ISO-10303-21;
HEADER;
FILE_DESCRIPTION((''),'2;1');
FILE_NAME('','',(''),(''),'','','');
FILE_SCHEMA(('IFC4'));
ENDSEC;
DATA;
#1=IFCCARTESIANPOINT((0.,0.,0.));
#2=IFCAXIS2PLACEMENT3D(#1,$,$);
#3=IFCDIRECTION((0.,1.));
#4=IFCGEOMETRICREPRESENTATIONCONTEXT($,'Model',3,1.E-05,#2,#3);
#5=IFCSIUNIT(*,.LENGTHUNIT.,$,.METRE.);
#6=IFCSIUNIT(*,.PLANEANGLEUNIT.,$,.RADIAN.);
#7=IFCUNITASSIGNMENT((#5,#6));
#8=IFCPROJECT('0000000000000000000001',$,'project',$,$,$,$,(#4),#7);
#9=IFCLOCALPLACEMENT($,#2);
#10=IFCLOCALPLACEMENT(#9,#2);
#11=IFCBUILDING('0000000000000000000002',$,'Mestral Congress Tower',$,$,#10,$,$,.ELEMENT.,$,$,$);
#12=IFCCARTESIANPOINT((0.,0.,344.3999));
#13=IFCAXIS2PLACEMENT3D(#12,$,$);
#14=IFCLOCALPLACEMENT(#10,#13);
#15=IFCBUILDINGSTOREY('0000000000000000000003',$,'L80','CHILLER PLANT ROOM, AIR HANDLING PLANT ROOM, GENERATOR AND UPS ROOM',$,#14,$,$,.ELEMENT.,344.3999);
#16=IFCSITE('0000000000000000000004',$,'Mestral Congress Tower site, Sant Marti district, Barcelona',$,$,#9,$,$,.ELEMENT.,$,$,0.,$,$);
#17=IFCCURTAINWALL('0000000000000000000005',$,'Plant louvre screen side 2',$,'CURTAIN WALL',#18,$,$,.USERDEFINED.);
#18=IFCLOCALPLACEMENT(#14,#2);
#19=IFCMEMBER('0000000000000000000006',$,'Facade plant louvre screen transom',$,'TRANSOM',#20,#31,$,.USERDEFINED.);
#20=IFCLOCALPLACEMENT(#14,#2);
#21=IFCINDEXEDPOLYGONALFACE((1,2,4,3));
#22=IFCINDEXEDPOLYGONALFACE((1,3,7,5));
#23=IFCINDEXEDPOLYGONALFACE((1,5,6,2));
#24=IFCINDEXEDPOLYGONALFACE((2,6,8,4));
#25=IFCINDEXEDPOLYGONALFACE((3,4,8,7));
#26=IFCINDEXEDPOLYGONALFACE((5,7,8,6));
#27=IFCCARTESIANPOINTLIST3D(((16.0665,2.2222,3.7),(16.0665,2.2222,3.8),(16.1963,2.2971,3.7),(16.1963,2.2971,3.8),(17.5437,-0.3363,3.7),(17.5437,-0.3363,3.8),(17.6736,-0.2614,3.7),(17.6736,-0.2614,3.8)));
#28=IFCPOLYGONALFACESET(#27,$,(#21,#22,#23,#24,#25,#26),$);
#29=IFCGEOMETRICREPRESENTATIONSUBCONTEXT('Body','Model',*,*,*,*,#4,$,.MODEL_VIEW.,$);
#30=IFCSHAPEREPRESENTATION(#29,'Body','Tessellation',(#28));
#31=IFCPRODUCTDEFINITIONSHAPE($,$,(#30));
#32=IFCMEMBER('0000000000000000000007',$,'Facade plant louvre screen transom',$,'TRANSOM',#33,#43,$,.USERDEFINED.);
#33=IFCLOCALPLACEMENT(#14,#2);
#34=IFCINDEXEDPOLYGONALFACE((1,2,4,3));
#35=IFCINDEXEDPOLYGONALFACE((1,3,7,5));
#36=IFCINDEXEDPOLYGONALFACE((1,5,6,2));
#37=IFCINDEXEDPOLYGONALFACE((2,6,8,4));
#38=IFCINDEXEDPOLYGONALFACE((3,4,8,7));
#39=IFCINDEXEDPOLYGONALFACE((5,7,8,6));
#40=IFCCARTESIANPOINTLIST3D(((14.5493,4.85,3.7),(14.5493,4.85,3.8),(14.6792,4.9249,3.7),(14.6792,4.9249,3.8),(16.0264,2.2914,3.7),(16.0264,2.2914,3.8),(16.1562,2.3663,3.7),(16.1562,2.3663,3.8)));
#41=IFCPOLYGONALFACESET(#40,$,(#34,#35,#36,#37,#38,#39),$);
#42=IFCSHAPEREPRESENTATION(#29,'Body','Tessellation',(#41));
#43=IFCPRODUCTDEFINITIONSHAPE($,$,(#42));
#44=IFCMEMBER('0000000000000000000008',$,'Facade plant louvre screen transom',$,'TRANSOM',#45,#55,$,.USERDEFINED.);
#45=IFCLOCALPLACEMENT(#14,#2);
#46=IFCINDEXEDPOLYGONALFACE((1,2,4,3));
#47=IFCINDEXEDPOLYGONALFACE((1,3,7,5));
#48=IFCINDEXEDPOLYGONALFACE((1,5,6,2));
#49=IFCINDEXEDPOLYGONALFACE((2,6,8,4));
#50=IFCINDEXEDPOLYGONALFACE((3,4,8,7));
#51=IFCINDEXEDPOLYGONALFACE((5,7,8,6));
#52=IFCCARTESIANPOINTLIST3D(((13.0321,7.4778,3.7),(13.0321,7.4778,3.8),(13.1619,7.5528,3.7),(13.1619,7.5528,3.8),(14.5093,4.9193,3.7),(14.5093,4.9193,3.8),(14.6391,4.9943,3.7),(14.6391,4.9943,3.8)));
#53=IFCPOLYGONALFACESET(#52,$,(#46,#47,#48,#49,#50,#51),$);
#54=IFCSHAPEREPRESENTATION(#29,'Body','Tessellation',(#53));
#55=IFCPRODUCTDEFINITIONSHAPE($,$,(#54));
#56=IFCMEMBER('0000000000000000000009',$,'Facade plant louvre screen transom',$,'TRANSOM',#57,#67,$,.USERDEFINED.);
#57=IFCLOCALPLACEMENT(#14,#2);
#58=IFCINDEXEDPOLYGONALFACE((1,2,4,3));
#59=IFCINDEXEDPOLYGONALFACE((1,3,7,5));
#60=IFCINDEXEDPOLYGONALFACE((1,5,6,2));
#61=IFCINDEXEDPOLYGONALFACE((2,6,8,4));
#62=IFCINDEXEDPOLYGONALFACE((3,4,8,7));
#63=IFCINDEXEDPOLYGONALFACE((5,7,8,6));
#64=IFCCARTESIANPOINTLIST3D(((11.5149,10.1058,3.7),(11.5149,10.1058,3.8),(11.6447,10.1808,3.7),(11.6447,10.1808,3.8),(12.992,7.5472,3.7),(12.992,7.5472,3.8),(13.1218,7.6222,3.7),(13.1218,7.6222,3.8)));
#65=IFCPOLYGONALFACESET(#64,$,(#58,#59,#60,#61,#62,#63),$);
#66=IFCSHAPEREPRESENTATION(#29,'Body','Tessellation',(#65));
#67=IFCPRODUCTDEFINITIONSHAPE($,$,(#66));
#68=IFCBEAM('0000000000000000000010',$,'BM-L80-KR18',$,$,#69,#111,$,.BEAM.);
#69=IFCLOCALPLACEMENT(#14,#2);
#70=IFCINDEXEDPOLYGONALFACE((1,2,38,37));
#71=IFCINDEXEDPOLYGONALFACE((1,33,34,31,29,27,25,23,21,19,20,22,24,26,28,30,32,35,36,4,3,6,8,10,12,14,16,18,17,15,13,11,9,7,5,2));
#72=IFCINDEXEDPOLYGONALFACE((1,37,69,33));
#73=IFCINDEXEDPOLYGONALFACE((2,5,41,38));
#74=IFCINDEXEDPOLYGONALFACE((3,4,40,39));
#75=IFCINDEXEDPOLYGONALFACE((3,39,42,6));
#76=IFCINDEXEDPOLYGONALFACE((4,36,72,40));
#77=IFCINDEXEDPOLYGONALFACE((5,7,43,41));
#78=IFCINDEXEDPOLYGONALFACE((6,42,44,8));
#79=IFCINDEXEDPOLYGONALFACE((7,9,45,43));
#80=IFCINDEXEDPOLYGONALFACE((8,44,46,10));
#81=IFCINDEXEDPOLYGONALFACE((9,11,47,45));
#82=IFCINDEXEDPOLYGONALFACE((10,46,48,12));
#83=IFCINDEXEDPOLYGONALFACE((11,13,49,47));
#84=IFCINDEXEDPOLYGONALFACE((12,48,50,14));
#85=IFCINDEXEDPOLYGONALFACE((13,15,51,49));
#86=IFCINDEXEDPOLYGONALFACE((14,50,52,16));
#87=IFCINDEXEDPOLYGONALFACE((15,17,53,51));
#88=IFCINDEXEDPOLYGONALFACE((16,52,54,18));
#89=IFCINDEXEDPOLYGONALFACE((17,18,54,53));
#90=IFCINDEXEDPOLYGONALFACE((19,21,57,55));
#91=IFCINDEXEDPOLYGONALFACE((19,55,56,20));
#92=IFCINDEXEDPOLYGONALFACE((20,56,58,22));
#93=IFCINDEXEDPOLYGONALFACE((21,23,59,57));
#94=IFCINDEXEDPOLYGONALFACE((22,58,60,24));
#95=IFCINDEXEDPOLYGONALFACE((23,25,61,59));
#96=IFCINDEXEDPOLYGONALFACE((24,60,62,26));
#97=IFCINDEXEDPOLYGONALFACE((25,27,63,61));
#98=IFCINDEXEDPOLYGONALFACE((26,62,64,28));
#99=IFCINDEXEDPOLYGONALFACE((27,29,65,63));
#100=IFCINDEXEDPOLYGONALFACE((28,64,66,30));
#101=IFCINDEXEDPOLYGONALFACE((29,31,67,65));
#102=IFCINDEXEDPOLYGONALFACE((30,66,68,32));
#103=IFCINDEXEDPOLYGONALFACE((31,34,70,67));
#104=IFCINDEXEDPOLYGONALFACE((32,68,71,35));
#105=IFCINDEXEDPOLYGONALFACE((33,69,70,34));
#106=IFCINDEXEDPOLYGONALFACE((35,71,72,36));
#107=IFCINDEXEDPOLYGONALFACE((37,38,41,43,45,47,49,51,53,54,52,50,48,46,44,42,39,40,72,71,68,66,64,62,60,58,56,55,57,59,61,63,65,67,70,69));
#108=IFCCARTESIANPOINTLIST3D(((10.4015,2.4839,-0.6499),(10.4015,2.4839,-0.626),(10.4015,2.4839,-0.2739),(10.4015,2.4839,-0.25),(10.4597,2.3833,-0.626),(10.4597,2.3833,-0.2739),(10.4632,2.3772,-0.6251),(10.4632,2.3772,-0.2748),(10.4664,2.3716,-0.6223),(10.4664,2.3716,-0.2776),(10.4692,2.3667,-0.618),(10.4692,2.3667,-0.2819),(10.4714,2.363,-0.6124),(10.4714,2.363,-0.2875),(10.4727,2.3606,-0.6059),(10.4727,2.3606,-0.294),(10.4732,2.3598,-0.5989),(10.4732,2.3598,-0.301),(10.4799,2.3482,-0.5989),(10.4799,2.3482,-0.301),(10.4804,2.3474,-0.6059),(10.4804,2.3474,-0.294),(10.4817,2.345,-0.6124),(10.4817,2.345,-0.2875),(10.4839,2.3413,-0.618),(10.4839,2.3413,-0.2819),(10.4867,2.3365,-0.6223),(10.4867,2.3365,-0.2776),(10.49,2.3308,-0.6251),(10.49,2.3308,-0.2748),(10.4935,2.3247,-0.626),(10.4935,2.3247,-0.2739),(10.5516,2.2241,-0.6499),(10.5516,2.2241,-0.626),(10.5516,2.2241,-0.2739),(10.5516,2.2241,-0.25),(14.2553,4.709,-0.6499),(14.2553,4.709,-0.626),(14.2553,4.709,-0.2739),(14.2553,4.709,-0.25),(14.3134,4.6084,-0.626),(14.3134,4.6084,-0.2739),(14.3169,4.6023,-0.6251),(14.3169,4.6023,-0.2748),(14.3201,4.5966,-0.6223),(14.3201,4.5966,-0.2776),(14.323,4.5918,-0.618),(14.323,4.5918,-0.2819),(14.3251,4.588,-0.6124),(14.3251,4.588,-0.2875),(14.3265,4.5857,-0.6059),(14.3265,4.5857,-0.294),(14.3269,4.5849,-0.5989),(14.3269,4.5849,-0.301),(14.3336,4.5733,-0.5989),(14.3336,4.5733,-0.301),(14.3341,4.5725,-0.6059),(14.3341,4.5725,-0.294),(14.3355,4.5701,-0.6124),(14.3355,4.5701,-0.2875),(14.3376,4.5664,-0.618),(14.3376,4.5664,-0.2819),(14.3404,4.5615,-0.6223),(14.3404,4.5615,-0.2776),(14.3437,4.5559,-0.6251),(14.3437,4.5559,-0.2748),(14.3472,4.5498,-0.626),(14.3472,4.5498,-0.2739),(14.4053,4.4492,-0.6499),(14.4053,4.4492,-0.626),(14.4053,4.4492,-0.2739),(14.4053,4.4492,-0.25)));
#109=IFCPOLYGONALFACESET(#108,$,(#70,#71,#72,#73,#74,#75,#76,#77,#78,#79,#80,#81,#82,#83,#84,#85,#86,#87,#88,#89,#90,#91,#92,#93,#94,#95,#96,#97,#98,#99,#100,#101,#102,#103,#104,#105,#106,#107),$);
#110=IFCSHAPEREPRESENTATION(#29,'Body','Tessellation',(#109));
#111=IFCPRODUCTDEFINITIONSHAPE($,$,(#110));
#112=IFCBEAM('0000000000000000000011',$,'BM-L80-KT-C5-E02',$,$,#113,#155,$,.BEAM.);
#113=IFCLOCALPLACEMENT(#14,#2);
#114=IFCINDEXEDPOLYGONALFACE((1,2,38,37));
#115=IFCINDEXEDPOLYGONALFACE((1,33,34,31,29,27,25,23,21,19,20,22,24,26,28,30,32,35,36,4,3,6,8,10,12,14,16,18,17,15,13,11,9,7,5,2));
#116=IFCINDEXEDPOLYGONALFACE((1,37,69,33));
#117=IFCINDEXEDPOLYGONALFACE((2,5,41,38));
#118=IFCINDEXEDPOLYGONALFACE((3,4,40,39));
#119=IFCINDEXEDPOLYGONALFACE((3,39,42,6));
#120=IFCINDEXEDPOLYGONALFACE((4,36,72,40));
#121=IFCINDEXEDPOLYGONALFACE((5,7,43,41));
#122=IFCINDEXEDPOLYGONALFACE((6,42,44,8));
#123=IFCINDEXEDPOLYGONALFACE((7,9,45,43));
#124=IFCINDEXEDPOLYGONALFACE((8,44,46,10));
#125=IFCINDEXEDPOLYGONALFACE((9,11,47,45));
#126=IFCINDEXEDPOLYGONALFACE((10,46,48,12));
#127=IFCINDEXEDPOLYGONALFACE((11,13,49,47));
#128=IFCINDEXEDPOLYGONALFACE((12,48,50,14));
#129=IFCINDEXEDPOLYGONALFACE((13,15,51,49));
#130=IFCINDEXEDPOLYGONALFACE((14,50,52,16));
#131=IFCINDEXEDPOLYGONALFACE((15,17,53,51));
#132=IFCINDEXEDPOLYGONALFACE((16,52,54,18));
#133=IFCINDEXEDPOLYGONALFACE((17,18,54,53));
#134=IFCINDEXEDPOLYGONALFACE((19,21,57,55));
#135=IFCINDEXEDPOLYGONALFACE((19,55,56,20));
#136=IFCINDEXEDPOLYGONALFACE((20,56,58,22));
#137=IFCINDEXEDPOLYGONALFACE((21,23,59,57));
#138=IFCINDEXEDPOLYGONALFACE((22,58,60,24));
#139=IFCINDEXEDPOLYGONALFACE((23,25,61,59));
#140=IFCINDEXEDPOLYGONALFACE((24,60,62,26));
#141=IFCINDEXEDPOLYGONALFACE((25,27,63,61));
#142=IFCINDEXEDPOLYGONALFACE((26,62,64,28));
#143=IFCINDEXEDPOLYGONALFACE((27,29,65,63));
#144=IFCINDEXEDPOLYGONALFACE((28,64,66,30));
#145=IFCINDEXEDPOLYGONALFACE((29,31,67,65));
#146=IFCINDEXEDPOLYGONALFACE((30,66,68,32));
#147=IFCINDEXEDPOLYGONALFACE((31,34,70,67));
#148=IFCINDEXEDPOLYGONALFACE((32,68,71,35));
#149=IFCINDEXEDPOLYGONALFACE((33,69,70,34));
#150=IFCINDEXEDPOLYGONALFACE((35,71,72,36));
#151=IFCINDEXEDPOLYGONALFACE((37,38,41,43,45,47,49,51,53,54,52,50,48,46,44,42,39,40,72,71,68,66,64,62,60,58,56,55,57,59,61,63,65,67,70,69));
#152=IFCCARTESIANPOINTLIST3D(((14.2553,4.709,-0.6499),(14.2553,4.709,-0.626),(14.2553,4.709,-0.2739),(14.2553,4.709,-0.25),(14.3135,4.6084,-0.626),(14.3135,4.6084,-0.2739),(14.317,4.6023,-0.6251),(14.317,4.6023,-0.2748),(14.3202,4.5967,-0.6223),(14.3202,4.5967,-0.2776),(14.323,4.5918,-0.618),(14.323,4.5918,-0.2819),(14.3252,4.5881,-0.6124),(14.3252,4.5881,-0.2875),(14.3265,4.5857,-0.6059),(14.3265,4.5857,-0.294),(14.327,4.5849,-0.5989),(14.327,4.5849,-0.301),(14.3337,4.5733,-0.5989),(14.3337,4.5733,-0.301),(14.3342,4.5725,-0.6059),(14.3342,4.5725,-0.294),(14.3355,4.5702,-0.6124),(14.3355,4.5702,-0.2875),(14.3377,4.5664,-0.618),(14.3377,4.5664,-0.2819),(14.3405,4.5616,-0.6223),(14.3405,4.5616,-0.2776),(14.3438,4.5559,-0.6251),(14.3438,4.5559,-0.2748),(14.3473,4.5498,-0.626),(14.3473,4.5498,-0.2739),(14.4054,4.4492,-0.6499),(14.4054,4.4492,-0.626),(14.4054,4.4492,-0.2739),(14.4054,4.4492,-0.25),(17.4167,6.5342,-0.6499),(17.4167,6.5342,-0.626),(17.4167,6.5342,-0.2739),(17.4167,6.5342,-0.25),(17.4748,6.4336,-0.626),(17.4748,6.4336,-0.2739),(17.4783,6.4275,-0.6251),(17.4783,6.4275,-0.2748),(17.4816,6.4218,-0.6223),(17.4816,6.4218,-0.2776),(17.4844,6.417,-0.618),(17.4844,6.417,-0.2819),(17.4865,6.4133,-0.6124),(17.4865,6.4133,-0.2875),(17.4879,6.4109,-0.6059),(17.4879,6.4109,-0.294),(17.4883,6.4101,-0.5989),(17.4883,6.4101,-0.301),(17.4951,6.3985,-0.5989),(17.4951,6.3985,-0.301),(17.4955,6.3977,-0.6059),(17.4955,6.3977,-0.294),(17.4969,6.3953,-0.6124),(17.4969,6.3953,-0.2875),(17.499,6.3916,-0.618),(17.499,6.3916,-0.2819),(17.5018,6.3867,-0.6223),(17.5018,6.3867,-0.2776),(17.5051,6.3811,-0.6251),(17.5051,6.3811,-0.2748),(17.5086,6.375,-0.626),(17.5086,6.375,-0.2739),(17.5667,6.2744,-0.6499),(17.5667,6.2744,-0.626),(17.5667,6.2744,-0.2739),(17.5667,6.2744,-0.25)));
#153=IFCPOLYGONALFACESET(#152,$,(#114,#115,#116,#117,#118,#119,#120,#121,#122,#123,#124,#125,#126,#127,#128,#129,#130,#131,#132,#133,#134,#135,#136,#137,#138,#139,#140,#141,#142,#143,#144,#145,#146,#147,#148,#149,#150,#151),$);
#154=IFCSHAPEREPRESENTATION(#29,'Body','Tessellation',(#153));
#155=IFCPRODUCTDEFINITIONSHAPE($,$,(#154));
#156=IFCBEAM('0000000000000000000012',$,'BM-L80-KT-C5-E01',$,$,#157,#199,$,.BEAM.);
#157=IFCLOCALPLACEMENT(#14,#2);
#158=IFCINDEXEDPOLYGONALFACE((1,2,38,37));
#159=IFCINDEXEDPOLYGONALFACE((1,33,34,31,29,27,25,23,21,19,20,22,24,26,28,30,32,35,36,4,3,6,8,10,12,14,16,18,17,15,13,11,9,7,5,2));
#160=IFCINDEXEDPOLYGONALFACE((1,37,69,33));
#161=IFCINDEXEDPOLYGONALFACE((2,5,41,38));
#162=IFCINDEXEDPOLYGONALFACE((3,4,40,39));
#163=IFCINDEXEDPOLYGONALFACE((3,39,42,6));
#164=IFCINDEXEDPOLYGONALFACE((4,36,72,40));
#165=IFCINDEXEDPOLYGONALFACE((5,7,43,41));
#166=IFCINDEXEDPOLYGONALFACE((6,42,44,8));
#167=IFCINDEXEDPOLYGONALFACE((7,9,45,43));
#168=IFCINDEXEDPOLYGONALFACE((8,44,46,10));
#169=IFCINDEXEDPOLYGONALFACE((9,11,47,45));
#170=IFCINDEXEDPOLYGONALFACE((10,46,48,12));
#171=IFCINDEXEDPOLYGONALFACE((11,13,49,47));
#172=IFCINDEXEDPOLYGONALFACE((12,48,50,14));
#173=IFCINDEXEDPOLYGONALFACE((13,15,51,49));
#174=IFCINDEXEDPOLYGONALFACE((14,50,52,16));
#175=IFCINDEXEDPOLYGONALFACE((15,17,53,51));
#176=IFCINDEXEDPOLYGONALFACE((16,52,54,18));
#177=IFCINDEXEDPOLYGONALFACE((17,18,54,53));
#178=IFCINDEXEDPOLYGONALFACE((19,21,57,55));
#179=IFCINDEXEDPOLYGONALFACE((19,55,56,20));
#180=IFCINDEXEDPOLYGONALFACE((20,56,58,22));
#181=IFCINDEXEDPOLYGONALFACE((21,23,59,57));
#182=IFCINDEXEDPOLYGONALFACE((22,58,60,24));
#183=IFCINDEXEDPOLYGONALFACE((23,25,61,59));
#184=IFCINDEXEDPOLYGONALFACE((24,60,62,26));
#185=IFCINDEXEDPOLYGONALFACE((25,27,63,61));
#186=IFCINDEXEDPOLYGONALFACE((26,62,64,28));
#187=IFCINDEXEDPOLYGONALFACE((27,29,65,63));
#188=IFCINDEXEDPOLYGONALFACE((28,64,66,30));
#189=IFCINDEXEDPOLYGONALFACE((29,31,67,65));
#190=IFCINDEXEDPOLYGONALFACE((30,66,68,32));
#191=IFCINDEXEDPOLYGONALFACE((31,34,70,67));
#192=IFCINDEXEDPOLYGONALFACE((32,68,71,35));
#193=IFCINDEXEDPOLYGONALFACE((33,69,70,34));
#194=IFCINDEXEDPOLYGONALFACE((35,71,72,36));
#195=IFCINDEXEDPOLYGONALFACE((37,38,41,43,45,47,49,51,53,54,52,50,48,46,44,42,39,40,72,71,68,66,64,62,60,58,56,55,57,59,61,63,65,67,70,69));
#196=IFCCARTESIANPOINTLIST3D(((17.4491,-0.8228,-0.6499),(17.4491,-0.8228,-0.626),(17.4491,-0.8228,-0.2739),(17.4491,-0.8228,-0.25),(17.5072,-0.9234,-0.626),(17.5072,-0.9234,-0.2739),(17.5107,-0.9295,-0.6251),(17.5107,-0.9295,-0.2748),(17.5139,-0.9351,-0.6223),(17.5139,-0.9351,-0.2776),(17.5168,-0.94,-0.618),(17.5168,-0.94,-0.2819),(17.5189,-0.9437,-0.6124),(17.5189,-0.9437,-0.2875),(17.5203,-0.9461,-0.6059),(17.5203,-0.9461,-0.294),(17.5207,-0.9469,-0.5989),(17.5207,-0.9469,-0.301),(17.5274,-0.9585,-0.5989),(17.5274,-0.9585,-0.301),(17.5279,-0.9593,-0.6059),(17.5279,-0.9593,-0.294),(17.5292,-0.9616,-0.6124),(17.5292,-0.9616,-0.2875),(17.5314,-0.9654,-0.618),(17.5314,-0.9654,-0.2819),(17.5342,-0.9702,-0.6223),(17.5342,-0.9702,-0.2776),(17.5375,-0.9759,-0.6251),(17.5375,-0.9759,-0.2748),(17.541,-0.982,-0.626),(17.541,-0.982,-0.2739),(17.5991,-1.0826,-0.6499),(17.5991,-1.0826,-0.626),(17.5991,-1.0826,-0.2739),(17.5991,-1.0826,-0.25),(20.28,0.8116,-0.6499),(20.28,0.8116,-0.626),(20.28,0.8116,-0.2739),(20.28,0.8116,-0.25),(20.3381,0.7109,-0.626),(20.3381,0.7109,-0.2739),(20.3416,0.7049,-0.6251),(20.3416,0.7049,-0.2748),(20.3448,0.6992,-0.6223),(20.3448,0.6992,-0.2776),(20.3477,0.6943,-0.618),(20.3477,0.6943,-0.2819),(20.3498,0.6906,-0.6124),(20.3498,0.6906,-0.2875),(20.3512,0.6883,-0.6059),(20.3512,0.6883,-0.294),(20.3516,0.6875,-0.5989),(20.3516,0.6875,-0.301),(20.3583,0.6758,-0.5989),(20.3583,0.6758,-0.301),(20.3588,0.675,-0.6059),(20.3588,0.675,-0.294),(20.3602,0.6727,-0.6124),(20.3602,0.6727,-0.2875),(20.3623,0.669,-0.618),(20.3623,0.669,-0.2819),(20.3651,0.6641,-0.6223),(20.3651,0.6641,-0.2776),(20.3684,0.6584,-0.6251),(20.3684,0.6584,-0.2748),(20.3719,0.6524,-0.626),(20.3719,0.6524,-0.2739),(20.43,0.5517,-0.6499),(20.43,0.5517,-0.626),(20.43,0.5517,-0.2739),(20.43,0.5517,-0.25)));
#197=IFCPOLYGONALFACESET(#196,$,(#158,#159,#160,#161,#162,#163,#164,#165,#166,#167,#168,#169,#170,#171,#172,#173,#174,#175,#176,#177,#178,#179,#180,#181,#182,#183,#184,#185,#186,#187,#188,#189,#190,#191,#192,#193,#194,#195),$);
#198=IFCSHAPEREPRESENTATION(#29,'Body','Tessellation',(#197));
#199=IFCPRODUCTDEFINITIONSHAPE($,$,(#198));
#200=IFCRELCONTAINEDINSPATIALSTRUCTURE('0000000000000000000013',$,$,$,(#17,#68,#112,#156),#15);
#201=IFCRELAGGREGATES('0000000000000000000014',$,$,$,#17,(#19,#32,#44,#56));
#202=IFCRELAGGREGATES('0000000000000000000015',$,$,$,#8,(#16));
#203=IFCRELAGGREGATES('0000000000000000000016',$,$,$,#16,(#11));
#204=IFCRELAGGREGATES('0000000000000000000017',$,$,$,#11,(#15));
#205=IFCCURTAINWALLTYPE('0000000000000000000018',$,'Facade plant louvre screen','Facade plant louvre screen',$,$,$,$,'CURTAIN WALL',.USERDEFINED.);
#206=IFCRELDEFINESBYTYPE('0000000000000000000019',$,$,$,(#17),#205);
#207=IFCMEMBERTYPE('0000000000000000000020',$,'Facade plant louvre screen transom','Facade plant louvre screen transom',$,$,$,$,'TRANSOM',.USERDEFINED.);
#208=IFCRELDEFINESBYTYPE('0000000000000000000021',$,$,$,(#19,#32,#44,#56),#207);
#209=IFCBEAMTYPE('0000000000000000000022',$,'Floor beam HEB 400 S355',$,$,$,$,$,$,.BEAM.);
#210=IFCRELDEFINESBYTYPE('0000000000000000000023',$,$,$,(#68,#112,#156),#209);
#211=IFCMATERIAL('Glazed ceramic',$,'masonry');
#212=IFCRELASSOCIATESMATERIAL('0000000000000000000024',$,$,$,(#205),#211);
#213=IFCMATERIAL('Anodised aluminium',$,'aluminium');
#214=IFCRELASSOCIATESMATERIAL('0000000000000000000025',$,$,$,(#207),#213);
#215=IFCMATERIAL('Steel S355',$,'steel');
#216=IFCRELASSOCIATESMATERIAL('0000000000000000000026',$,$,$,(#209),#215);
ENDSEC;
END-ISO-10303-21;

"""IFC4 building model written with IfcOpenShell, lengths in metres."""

from ifc_helpers import new_model, si_unit, direction, frame, origin, origin_2d, place, context, subcontext, project, spatial, rectangle, i_section, extrude, material, material_profile, profile_set, type_object, element, aggregate, save


model = new_model("IFC4")

# Units and contexts
model_context = context("Model", 3, precision=1e-05, world=origin(), true_north=direction((0.0, 1.0)))
body_context = subcontext(model_context, "Body", "Model", "MODEL_VIEW")
ifc_project = project(units=[si_unit("LENGTHUNIT", "METRE"), si_unit("PLANEANGLEUNIT", "RADIAN")], contexts=[model_context])

# Site, building, storey
site_placement = place(None, origin())
site = spatial("IfcSite", under=ifc_project, at=site_placement, Name="Mestral Congress Tower site, Sant Marti district, Barcelona", CompositionType="ELEMENT", RefElevation=0.0)
building_placement = place(site_placement, origin())
building = spatial("IfcBuilding", under=site, at=building_placement, Name="Mestral Congress Tower", CompositionType="ELEMENT")
storey_placement = place(building_placement, frame((0.0, 0.0, 344.3999)))
storey = spatial("IfcBuildingStorey", under=building, at=storey_placement, Name="L80", Description="CHILLER PLANT ROOM, AIR HANDLING PLANT ROOM, GENERATOR AND UPS ROOM", CompositionType="ELEMENT", Elevation=344.3999)

# Shared definitions
ifc_material_1 = material(Name="Steel S355", Category="steel")

# Curtain wall, members
ifc_material_2 = material(Name="Glazed ceramic", Category="masonry")
curtain_wall_type = type_object("IfcCurtainWallType", Name="Facade plant louvre screen", Description="Facade plant louvre screen", ElementType="CURTAIN WALL", PredefinedType="USERDEFINED", material=ifc_material_2)
curtain_wall_placement = place(storey_placement, origin())
curtain_wall = element("IfcCurtainWall", 1, at=curtain_wall_placement, inside=storey, type_object=curtain_wall_type, Name="Plant louvre screen side 2", ObjectType="CURTAIN WALL", PredefinedType="USERDEFINED")
ifc_material_3 = material(Name="Anodised aluminium", Category="aluminium")
ifc_material_profile_1 = material_profile(ifc_material_3, rectangle(XDim=0.1499, YDim=0.1001, at=origin_2d()), Name="CW6 transom 150 x 100")
ifc_profile_set_1 = profile_set([ifc_material_profile_1], Name="Anodised aluminium")
member_type_1 = type_object("IfcMemberType", Name="Facade plant louvre screen transom", Description="Facade plant louvre screen transom", ElementType="TRANSOM", PredefinedType="USERDEFINED", material=ifc_profile_set_1)
member_1_placement = place(storey_placement, frame((17.6086, -0.2988, 3.75), z_axis=(-0.500023, 0.866012, 0.0), x_axis=(-0.866012, -0.500023, 0.0)))
member_1 = element("IfcMember", 2, at=member_1_placement, type_object=member_type_1, Name="Facade plant louvre screen transom", ObjectType="TRANSOM", PredefinedType="USERDEFINED", context=body_context, shape_type="SweptSolid", body=[
    extrude(rectangle(XDim=0.1499, YDim=0.1001, at=origin_2d()), origin(), (0.0, 0.0, 1.0), 2.9543),
])
member_2_placement = place(storey_placement, frame((16.0913, 2.3289, 3.75), z_axis=(-0.499961, 0.866048, 0.0), x_axis=(-0.866048, -0.499961, 0.0)))
member_2 = element("IfcMember", 3, at=member_2_placement, type_object=member_type_1, Name="Facade plant louvre screen transom", ObjectType="TRANSOM", PredefinedType="USERDEFINED", context=body_context, shape_type="SweptSolid", body=[
    extrude(rectangle(XDim=0.1499, YDim=0.1001, at=origin_2d()), origin(), (0.0, 0.0, 1.0), 2.9543),
])
member_3_placement = place(storey_placement, frame((14.5742, 4.9568, 3.75), z_axis=(-0.500023, 0.866012, 0.0), x_axis=(-0.866012, -0.500023, 0.0)))
member_3 = element("IfcMember", 4, at=member_3_placement, type_object=member_type_1, Name="Facade plant louvre screen transom", ObjectType="TRANSOM", PredefinedType="USERDEFINED", context=body_context, shape_type="SweptSolid", body=[
    extrude(rectangle(XDim=0.1499, YDim=0.1001, at=origin_2d()), origin(), (0.0, 0.0, 1.0), 2.9543),
])
member_4_placement = place(storey_placement, frame((13.0569, 7.5847, 3.75), z_axis=(-0.499961, 0.866048, 0.0), x_axis=(-0.866048, -0.499961, 0.0)))
member_4 = element("IfcMember", 5, at=member_4_placement, type_object=member_type_1, Name="Facade plant louvre screen transom", ObjectType="TRANSOM", PredefinedType="USERDEFINED", context=body_context, shape_type="SweptSolid", body=[
    extrude(rectangle(XDim=0.1499, YDim=0.1001, at=origin_2d()), origin(), (0.0, 0.0, 1.0), 2.9543),
])

# Beams
ifc_material_profile_2 = material_profile(ifc_material_1, i_section(OverallWidth=0.3, OverallDepth=0.3999, WebThickness=0.0134, FlangeThickness=0.0239, FilletRadius=0.0271, at=origin_2d()), Name="HEB 400")
ifc_profile_set_2 = profile_set([ifc_material_profile_2], Name="Steel S355")
beam_type_1 = type_object("IfcBeamType", Name="Floor beam HEB 400 S355", PredefinedType="BEAM", material=ifc_profile_set_2)
beam_1_placement = place(storey_placement, frame((10.4766, 2.354, -0.45), z_axis=(0.866013, 0.500022, 0.0), x_axis=(-0.500022, 0.866013, 0.0)))
element("IfcBeam", 6, at=beam_1_placement, inside=storey, type_object=beam_type_1, Name="BM-L80-KR18", PredefinedType="BEAM", context=body_context, shape_type="SweptSolid", body=[
    extrude(i_section(OverallWidth=0.3, OverallDepth=0.3999, WebThickness=0.0134, FlangeThickness=0.0239, FilletRadius=0.0271, at=origin_2d()), origin(), (0.0, 0.0, 1.0), 4.45),
])
beam_2_placement = place(storey_placement, frame((17.4917, 6.4043, -0.45), z_axis=(-0.866029, -0.499995, 0.0), x_axis=(0.499995, -0.866029, 0.0)))
element("IfcBeam", 7, at=beam_2_placement, inside=storey, type_object=beam_type_1, Name="BM-L80-KT-C5-E02", PredefinedType="BEAM", context=body_context, shape_type="SweptSolid", body=[
    extrude(i_section(OverallWidth=0.3, OverallDepth=0.3999, WebThickness=0.0134, FlangeThickness=0.0239, FilletRadius=0.0271, at=origin_2d()), origin(), (0.0, 0.0, 1.0), 3.6504),
])
beam_3_placement = place(storey_placement, frame((20.355, 0.6816, -0.45), z_axis=(-0.866038, -0.499979, 0.0), x_axis=(0.499979, -0.866038, 0.0)))
element("IfcBeam", 8, at=beam_3_placement, inside=storey, type_object=beam_type_1, Name="BM-L80-KT-C5-E01", PredefinedType="BEAM", context=body_context, shape_type="SweptSolid", body=[
    extrude(i_section(OverallWidth=0.3, OverallDepth=0.3999, WebThickness=0.0134, FlangeThickness=0.0239, FilletRadius=0.0271, at=origin_2d()), origin(), (0.0, 0.0, 1.0), 3.2688),
])

aggregate(curtain_wall, [member_1, member_2, member_3, member_4])

save(model, "model.ifc")
